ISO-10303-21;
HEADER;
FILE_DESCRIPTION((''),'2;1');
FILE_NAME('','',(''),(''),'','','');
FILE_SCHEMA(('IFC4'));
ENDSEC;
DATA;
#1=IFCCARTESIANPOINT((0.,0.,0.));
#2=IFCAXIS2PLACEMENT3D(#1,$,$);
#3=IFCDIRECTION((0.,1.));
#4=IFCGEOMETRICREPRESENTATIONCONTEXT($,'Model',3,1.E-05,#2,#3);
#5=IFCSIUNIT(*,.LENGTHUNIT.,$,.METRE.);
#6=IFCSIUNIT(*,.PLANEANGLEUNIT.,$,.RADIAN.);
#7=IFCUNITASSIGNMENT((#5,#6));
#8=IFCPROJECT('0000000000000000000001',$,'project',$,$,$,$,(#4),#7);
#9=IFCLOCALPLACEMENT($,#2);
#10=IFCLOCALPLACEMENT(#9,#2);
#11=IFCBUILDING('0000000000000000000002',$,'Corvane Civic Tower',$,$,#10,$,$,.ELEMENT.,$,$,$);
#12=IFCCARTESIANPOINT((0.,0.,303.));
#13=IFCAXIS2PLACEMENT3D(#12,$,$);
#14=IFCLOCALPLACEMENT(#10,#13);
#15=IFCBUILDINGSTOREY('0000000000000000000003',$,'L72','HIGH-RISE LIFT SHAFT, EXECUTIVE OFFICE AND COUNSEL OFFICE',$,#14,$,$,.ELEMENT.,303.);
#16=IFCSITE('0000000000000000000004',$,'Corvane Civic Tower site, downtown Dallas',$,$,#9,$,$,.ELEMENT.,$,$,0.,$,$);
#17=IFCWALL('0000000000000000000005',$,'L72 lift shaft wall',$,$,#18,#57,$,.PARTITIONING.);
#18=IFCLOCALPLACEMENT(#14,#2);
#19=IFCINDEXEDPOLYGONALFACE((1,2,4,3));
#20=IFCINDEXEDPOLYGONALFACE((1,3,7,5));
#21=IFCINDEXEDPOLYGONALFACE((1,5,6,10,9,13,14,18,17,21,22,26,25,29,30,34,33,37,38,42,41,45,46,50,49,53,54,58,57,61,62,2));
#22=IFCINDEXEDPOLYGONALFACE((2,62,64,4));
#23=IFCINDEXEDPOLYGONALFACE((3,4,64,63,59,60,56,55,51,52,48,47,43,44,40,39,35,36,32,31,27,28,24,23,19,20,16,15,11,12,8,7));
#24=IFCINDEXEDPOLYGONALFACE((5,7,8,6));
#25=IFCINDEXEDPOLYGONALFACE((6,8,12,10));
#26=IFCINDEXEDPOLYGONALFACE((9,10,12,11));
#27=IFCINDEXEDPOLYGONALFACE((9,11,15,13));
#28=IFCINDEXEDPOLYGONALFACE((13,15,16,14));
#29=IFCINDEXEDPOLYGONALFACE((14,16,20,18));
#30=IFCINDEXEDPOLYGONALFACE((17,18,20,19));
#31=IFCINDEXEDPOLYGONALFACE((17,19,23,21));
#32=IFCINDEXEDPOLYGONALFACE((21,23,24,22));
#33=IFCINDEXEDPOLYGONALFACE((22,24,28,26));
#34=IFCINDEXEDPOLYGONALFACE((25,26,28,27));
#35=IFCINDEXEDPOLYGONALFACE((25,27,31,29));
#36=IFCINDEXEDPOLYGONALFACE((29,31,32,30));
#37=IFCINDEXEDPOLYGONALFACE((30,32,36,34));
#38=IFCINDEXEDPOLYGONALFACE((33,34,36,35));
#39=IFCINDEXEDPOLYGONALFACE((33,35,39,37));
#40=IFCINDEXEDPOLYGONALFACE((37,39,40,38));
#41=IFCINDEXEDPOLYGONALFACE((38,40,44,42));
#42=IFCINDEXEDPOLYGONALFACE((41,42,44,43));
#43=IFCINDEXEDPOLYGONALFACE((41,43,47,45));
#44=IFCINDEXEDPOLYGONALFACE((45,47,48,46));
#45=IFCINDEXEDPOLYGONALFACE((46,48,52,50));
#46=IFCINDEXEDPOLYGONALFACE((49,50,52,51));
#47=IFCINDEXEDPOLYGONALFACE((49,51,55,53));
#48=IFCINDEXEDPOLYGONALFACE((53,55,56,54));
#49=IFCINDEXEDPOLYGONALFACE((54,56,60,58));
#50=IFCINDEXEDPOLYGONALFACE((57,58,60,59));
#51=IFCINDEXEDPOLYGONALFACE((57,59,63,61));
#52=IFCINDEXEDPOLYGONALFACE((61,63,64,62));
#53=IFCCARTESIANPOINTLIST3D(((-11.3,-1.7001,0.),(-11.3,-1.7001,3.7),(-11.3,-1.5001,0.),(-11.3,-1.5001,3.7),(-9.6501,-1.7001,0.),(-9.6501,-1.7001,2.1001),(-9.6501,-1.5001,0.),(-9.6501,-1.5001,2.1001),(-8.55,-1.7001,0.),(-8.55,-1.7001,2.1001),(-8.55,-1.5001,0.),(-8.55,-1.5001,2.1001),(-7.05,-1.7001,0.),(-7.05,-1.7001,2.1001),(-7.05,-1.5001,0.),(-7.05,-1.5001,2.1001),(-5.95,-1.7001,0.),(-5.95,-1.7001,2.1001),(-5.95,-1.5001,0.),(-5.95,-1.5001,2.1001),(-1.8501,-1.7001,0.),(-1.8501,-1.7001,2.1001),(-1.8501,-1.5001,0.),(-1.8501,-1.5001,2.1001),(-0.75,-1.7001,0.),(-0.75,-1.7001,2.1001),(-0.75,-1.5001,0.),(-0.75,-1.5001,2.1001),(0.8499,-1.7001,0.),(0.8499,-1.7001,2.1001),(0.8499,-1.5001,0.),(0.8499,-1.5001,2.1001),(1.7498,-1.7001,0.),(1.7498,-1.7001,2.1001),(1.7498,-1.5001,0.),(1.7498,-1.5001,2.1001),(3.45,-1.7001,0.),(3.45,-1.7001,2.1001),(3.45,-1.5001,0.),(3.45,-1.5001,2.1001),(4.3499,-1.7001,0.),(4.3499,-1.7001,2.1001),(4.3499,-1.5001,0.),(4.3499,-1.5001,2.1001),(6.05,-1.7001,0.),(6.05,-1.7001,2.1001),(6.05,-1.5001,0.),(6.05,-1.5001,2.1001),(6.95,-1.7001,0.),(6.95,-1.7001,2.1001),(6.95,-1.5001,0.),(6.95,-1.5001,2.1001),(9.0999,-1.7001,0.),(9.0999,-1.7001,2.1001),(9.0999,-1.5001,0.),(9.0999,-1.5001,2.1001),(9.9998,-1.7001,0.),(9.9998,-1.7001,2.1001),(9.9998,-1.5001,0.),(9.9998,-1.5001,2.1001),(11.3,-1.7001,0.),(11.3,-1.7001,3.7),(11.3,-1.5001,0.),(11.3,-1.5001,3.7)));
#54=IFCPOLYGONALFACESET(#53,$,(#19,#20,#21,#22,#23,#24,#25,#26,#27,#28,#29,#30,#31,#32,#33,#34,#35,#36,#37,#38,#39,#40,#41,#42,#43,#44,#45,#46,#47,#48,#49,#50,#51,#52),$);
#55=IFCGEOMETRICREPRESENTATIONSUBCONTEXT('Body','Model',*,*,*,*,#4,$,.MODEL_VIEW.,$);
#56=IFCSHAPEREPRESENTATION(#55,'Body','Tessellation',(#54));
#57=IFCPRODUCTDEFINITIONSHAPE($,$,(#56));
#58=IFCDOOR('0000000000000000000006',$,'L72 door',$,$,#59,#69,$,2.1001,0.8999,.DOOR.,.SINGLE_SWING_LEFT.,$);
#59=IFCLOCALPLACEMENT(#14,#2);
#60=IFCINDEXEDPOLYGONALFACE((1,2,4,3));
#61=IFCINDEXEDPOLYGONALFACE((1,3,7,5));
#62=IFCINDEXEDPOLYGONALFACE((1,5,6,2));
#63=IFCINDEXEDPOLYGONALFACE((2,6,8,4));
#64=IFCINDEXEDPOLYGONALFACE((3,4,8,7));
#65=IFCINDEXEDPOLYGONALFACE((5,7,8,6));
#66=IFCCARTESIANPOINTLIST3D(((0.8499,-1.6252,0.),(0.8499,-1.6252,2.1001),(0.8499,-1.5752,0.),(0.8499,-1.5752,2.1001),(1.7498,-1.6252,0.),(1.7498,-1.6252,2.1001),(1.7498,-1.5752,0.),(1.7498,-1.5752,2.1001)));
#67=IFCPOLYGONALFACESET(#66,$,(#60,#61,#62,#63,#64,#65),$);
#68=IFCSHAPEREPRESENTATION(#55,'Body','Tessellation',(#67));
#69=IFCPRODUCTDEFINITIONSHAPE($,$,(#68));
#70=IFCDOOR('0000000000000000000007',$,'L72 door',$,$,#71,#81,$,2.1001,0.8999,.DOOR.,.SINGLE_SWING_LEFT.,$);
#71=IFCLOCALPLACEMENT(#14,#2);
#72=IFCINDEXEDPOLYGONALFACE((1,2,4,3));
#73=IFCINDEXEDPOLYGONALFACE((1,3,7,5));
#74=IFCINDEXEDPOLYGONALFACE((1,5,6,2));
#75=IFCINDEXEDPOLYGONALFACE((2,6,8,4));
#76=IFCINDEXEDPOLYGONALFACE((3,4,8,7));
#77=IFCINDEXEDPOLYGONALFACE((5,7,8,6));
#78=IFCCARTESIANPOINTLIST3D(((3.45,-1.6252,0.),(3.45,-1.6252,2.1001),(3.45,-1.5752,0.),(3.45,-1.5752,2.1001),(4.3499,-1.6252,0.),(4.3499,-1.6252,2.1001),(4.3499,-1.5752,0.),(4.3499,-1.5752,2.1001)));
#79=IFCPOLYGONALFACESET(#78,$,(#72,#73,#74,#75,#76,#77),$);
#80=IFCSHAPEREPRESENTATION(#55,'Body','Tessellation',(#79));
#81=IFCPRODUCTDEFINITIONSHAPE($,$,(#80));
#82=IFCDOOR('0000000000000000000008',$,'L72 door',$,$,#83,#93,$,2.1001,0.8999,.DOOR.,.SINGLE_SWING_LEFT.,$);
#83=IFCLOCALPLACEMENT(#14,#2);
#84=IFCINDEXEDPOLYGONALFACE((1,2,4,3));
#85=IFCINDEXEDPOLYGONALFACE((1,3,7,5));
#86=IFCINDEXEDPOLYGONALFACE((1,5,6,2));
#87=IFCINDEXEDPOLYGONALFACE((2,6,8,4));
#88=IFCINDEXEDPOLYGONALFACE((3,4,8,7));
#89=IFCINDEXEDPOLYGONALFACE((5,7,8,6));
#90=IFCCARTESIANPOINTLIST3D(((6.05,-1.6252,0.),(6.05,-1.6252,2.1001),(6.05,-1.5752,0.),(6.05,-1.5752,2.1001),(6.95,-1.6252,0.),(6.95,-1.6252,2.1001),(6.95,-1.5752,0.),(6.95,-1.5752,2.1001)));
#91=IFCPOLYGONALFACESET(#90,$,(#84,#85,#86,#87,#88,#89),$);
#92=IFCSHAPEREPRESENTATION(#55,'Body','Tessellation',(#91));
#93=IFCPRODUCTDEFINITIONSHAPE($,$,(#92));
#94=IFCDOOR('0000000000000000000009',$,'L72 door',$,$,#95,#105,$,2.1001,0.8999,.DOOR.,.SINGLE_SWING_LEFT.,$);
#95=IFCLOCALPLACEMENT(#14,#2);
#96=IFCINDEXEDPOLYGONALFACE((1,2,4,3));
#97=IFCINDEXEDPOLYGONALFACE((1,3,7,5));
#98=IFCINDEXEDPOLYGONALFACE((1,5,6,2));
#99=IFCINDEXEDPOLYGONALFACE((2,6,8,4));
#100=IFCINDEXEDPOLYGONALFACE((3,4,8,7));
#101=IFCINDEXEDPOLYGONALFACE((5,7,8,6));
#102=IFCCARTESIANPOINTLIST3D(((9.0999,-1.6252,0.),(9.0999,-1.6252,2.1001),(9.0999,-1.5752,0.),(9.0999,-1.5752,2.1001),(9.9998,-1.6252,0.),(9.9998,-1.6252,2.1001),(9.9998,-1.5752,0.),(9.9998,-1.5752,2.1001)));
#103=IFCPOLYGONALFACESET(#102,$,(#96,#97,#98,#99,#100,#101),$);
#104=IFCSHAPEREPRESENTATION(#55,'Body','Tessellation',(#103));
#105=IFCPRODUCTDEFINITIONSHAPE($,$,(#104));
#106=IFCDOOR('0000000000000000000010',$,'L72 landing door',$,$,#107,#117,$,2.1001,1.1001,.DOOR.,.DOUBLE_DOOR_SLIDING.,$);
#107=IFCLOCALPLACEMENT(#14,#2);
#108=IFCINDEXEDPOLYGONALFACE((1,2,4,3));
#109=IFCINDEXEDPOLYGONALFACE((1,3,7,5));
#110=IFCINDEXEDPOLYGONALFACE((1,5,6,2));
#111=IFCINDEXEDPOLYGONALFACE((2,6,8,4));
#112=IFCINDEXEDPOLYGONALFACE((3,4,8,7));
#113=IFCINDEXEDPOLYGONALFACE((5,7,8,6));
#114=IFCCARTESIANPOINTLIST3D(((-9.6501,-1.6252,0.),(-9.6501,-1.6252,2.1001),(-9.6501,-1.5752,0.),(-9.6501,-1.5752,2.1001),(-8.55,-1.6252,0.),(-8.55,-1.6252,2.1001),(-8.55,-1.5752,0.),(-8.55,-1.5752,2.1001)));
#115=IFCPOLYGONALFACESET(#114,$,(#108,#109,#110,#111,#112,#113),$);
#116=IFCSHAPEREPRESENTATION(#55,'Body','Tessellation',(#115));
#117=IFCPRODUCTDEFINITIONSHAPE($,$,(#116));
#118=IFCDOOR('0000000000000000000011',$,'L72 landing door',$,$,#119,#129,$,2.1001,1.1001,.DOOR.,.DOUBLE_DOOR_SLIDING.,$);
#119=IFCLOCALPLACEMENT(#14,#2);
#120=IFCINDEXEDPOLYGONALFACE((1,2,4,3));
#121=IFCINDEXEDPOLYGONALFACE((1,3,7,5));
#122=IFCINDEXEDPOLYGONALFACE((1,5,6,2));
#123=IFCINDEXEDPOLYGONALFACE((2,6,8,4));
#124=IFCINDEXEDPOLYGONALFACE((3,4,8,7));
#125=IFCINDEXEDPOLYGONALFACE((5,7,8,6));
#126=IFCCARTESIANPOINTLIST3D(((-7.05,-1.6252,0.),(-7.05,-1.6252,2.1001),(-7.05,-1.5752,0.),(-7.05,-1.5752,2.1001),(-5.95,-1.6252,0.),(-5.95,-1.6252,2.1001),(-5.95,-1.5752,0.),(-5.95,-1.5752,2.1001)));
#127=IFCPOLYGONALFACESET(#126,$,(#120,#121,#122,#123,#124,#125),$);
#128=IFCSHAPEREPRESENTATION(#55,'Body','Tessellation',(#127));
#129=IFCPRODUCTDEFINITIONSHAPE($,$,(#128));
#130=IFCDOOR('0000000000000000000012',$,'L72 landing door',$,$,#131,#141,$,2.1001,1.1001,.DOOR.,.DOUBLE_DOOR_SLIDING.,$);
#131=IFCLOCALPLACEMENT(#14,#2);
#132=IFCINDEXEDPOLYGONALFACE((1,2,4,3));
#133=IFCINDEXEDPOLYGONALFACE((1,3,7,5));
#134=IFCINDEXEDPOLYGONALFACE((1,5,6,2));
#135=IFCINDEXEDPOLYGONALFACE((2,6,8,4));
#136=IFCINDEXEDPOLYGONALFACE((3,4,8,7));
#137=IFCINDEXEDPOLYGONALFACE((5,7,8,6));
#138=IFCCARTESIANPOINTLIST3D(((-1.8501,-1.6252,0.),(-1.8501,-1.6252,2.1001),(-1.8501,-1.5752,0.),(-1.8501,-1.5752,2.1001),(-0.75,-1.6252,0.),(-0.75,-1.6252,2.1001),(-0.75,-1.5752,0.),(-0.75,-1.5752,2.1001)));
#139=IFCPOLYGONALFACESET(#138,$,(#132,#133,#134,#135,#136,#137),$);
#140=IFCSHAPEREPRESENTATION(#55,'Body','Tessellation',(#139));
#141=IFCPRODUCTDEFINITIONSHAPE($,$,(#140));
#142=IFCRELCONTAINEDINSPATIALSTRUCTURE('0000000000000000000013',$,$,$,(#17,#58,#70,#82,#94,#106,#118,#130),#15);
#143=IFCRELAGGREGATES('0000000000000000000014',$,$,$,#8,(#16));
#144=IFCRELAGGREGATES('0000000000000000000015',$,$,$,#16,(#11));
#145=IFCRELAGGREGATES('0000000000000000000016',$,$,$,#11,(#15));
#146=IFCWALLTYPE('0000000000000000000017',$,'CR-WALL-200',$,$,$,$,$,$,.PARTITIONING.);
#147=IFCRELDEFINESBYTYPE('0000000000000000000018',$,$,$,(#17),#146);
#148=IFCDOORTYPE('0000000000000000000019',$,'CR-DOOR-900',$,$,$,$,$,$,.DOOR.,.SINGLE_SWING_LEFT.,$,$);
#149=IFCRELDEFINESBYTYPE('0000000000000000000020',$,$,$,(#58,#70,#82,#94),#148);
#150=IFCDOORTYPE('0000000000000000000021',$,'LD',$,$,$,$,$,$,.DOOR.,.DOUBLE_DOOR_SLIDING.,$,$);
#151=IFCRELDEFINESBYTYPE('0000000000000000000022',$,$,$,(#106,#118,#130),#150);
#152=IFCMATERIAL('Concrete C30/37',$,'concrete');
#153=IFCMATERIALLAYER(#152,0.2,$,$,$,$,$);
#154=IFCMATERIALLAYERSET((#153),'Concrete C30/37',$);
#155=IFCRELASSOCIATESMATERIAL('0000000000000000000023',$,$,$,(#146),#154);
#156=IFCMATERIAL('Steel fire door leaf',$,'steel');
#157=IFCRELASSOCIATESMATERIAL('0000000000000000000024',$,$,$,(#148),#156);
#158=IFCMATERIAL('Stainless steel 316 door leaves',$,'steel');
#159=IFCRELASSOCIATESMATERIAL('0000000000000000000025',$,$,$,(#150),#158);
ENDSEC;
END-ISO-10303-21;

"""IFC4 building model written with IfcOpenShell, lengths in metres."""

from ifc_helpers import new_model, si_unit, direction, frame, frame_2d, origin, place, context, subcontext, project, spatial, rectangle, extrude, material, layer, layer_set, type_object, element, fill, save


model = new_model("IFC4")

# Units and contexts
model_context = context("Model", 3, precision=1e-05, world=origin(), true_north=direction((0.0, 1.0)))
body_context = subcontext(model_context, "Body", "Model", "MODEL_VIEW")
ifc_project = project(units=[si_unit("LENGTHUNIT", "METRE"), si_unit("PLANEANGLEUNIT", "RADIAN")], contexts=[model_context])

# Site, building, storey
site_placement = place(None, origin())
site = spatial("IfcSite", under=ifc_project, at=site_placement, Name="Corvane Civic Tower site, downtown Dallas", CompositionType="ELEMENT", RefElevation=0.0)
building_placement = place(site_placement, origin())
building = spatial("IfcBuilding", under=site, at=building_placement, Name="Corvane Civic Tower", CompositionType="ELEMENT")
storey_placement = place(building_placement, frame((0.0, 0.0, 303.0)))
storey = spatial("IfcBuildingStorey", under=building, at=storey_placement, Name="L72", Description="HIGH-RISE LIFT SHAFT, EXECUTIVE OFFICE AND COUNSEL OFFICE", CompositionType="ELEMENT", Elevation=303.0)

# Wall, openings, doors
ifc_material_1 = material(Name="Concrete C30/37", Category="concrete")
ifc_layer_1 = layer(ifc_material_1, 0.2)
ifc_layer_set_1 = layer_set([ifc_layer_1], Name="Concrete C30/37")
wall_type_1 = type_object("IfcWallType", Name="CR-WALL-200", PredefinedType="PARTITIONING", material=ifc_layer_set_1)
ifc_material_2 = material(Name="Steel fire door leaf", Category="steel")
door_type_1 = type_object("IfcDoorType", Name="CR-DOOR-900", OperationType="SINGLE_SWING_LEFT", PredefinedType="DOOR", material=ifc_material_2)
wall_1_placement = place(storey_placement, frame((-11.3, -1.6001, 0.0), z_axis=(0.0, 0.0, 1.0), x_axis=(1.0, 0.0, 0.0)))
wall_1 = element("IfcWall", 1, at=wall_1_placement, inside=storey, type_object=wall_type_1, Name="L72 lift shaft wall", PredefinedType="PARTITIONING", context=body_context, shape_type="SweptSolid", body=[
    extrude(rectangle(XDim=22.6001, YDim=0.2, at=frame_2d((11.3, 0.0))), origin(), (0.0, 0.0, 1.0), 3.7),
])
opening_1_placement = place(wall_1_placement, frame((1.6499, 0.0, 0.0)))
opening_1 = element("IfcOpeningElement", 2, at=opening_1_placement, cuts=wall_1, PredefinedType="OPENING", context=body_context, shape_type="SweptSolid", body=[
    extrude(rectangle(XDim=1.1001, YDim=2.1001, at=frame_2d((0.55, 1.05))), frame((0.0, 0.1099, 0.0), z_axis=(0.0, -1.0, 0.0), x_axis=(1.0, 0.0, 0.0)), (0.0, 0.0, 1.0), 0.22),
])
opening_2_placement = place(wall_1_placement, frame((4.25, 0.0, 0.0)))
opening_2 = element("IfcOpeningElement", 3, at=opening_2_placement, cuts=wall_1, PredefinedType="OPENING", context=body_context, shape_type="SweptSolid", body=[
    extrude(rectangle(XDim=1.1001, YDim=2.1001, at=frame_2d((0.55, 1.05))), frame((0.0, 0.1099, 0.0), z_axis=(0.0, -1.0, 0.0), x_axis=(1.0, 0.0, 0.0)), (0.0, 0.0, 1.0), 0.22),
])
opening_3_placement = place(wall_1_placement, frame((9.45, 0.0, 0.0)))
opening_3 = element("IfcOpeningElement", 4, at=opening_3_placement, cuts=wall_1, PredefinedType="OPENING", context=body_context, shape_type="SweptSolid", body=[
    extrude(rectangle(XDim=1.1001, YDim=2.1001, at=frame_2d((0.55, 1.05))), frame((0.0, 0.1099, 0.0), z_axis=(0.0, -1.0, 0.0), x_axis=(1.0, 0.0, 0.0)), (0.0, 0.0, 1.0), 0.22),
])
opening_4_placement = place(wall_1_placement, frame((12.1499, 0.0, 0.0)))
opening_4 = element("IfcOpeningElement", 5, at=opening_4_placement, cuts=wall_1, PredefinedType="OPENING", context=body_context, shape_type="SweptSolid", body=[
    extrude(rectangle(XDim=0.8999, YDim=2.1001, at=frame_2d((0.45, 1.05))), frame((0.0, 0.1099, 0.0), z_axis=(0.0, -1.0, 0.0), x_axis=(1.0, 0.0, 0.0)), (0.0, 0.0, 1.0), 0.22),
])
opening_5_placement = place(wall_1_placement, frame((14.75, 0.0, 0.0)))
opening_5 = element("IfcOpeningElement", 6, at=opening_5_placement, cuts=wall_1, PredefinedType="OPENING", context=body_context, shape_type="SweptSolid", body=[
    extrude(rectangle(XDim=0.8999, YDim=2.1001, at=frame_2d((0.45, 1.05))), frame((0.0, 0.1099, 0.0), z_axis=(0.0, -1.0, 0.0), x_axis=(1.0, 0.0, 0.0)), (0.0, 0.0, 1.0), 0.22),
])
opening_6_placement = place(wall_1_placement, frame((17.3501, 0.0, 0.0)))
opening_6 = element("IfcOpeningElement", 7, at=opening_6_placement, cuts=wall_1, PredefinedType="OPENING", context=body_context, shape_type="SweptSolid", body=[
    extrude(rectangle(XDim=0.8999, YDim=2.1001, at=frame_2d((0.45, 1.05))), frame((0.0, 0.1099, 0.0), z_axis=(0.0, -1.0, 0.0), x_axis=(1.0, 0.0, 0.0)), (0.0, 0.0, 1.0), 0.22),
])
opening_7_placement = place(wall_1_placement, frame((20.3999, 0.0, 0.0)))
opening_7 = element("IfcOpeningElement", 8, at=opening_7_placement, cuts=wall_1, PredefinedType="OPENING", context=body_context, shape_type="SweptSolid", body=[
    extrude(rectangle(XDim=0.8999, YDim=2.1001, at=frame_2d((0.45, 1.05))), frame((0.0, 0.1099, 0.0), z_axis=(0.0, -1.0, 0.0), x_axis=(1.0, 0.0, 0.0)), (0.0, 0.0, 1.0), 0.22),
])
door_1_placement = place(opening_4_placement, origin())
door_1 = element("IfcDoor", 9, at=door_1_placement, inside=storey, type_object=door_type_1, Name="L72 door", OperationType="SINGLE_SWING_LEFT", OverallHeight=2.1001, OverallWidth=0.8999, PredefinedType="DOOR", context=body_context, shape_type="SweptSolid", body=[
    extrude(rectangle(XDim=0.8999, YDim=2.1001, at=frame_2d((0.45, 1.05))), frame((0.0, 0.0249, 0.0), z_axis=(0.0, -1.0, 0.0), x_axis=(1.0, 0.0, 0.0)), (0.0, 0.0, 1.0), 0.05),
])
fill(opening_4, door_1)
door_2_placement = place(opening_5_placement, origin())
door_2 = element("IfcDoor", 10, at=door_2_placement, inside=storey, type_object=door_type_1, Name="L72 door", OperationType="SINGLE_SWING_LEFT", OverallHeight=2.1001, OverallWidth=0.8999, PredefinedType="DOOR", context=body_context, shape_type="SweptSolid", body=[
    extrude(rectangle(XDim=0.8999, YDim=2.1001, at=frame_2d((0.45, 1.05))), frame((0.0, 0.0249, 0.0), z_axis=(0.0, -1.0, 0.0), x_axis=(1.0, 0.0, 0.0)), (0.0, 0.0, 1.0), 0.05),
])
fill(opening_5, door_2)
door_3_placement = place(opening_6_placement, origin())
door_3 = element("IfcDoor", 11, at=door_3_placement, inside=storey, type_object=door_type_1, Name="L72 door", OperationType="SINGLE_SWING_LEFT", OverallHeight=2.1001, OverallWidth=0.8999, PredefinedType="DOOR", context=body_context, shape_type="SweptSolid", body=[
    extrude(rectangle(XDim=0.8999, YDim=2.1001, at=frame_2d((0.45, 1.05))), frame((0.0, 0.0249, 0.0), z_axis=(0.0, -1.0, 0.0), x_axis=(1.0, 0.0, 0.0)), (0.0, 0.0, 1.0), 0.05),
])
fill(opening_6, door_3)
door_4_placement = place(opening_7_placement, origin())
door_4 = element("IfcDoor", 12, at=door_4_placement, inside=storey, type_object=door_type_1, Name="L72 door", OperationType="SINGLE_SWING_LEFT", OverallHeight=2.1001, OverallWidth=0.8999, PredefinedType="DOOR", context=body_context, shape_type="SweptSolid", body=[
    extrude(rectangle(XDim=0.8999, YDim=2.1001, at=frame_2d((0.45, 1.05))), frame((0.0, 0.0249, 0.0), z_axis=(0.0, -1.0, 0.0), x_axis=(1.0, 0.0, 0.0)), (0.0, 0.0, 1.0), 0.05),
])
fill(opening_7, door_4)
ifc_material_3 = material(Name="Stainless steel 316 door leaves", Category="steel")
door_type_2 = type_object("IfcDoorType", Name="LD", OperationType="DOUBLE_DOOR_SLIDING", PredefinedType="DOOR", material=ifc_material_3)
door_5_placement = place(opening_1_placement, origin())
door_5 = element("IfcDoor", 13, at=door_5_placement, inside=storey, type_object=door_type_2, Name="L72 landing door", OperationType="DOUBLE_DOOR_SLIDING", OverallHeight=2.1001, OverallWidth=1.1001, PredefinedType="DOOR", context=body_context, shape_type="SweptSolid", body=[
    extrude(rectangle(XDim=1.1001, YDim=2.1001, at=frame_2d((0.55, 1.05))), frame((0.0, 0.0249, 0.0), z_axis=(0.0, -1.0, 0.0), x_axis=(1.0, 0.0, 0.0)), (0.0, 0.0, 1.0), 0.05),
])
fill(opening_1, door_5)
door_6_placement = place(opening_2_placement, origin())
door_6 = element("IfcDoor", 14, at=door_6_placement, inside=storey, type_object=door_type_2, Name="L72 landing door", OperationType="DOUBLE_DOOR_SLIDING", OverallHeight=2.1001, OverallWidth=1.1001, PredefinedType="DOOR", context=body_context, shape_type="SweptSolid", body=[
    extrude(rectangle(XDim=1.1001, YDim=2.1001, at=frame_2d((0.55, 1.05))), frame((0.0, 0.0249, 0.0), z_axis=(0.0, -1.0, 0.0), x_axis=(1.0, 0.0, 0.0)), (0.0, 0.0, 1.0), 0.05),
])
fill(opening_2, door_6)
door_7_placement = place(opening_3_placement, origin())
door_7 = element("IfcDoor", 15, at=door_7_placement, inside=storey, type_object=door_type_2, Name="L72 landing door", OperationType="DOUBLE_DOOR_SLIDING", OverallHeight=2.1001, OverallWidth=1.1001, PredefinedType="DOOR", context=body_context, shape_type="SweptSolid", body=[
    extrude(rectangle(XDim=1.1001, YDim=2.1001, at=frame_2d((0.55, 1.05))), frame((0.0, 0.0249, 0.0), z_axis=(0.0, -1.0, 0.0), x_axis=(1.0, 0.0, 0.0)), (0.0, 0.0, 1.0), 0.05),
])
fill(opening_3, door_7)

save(model, "model.ifc")
